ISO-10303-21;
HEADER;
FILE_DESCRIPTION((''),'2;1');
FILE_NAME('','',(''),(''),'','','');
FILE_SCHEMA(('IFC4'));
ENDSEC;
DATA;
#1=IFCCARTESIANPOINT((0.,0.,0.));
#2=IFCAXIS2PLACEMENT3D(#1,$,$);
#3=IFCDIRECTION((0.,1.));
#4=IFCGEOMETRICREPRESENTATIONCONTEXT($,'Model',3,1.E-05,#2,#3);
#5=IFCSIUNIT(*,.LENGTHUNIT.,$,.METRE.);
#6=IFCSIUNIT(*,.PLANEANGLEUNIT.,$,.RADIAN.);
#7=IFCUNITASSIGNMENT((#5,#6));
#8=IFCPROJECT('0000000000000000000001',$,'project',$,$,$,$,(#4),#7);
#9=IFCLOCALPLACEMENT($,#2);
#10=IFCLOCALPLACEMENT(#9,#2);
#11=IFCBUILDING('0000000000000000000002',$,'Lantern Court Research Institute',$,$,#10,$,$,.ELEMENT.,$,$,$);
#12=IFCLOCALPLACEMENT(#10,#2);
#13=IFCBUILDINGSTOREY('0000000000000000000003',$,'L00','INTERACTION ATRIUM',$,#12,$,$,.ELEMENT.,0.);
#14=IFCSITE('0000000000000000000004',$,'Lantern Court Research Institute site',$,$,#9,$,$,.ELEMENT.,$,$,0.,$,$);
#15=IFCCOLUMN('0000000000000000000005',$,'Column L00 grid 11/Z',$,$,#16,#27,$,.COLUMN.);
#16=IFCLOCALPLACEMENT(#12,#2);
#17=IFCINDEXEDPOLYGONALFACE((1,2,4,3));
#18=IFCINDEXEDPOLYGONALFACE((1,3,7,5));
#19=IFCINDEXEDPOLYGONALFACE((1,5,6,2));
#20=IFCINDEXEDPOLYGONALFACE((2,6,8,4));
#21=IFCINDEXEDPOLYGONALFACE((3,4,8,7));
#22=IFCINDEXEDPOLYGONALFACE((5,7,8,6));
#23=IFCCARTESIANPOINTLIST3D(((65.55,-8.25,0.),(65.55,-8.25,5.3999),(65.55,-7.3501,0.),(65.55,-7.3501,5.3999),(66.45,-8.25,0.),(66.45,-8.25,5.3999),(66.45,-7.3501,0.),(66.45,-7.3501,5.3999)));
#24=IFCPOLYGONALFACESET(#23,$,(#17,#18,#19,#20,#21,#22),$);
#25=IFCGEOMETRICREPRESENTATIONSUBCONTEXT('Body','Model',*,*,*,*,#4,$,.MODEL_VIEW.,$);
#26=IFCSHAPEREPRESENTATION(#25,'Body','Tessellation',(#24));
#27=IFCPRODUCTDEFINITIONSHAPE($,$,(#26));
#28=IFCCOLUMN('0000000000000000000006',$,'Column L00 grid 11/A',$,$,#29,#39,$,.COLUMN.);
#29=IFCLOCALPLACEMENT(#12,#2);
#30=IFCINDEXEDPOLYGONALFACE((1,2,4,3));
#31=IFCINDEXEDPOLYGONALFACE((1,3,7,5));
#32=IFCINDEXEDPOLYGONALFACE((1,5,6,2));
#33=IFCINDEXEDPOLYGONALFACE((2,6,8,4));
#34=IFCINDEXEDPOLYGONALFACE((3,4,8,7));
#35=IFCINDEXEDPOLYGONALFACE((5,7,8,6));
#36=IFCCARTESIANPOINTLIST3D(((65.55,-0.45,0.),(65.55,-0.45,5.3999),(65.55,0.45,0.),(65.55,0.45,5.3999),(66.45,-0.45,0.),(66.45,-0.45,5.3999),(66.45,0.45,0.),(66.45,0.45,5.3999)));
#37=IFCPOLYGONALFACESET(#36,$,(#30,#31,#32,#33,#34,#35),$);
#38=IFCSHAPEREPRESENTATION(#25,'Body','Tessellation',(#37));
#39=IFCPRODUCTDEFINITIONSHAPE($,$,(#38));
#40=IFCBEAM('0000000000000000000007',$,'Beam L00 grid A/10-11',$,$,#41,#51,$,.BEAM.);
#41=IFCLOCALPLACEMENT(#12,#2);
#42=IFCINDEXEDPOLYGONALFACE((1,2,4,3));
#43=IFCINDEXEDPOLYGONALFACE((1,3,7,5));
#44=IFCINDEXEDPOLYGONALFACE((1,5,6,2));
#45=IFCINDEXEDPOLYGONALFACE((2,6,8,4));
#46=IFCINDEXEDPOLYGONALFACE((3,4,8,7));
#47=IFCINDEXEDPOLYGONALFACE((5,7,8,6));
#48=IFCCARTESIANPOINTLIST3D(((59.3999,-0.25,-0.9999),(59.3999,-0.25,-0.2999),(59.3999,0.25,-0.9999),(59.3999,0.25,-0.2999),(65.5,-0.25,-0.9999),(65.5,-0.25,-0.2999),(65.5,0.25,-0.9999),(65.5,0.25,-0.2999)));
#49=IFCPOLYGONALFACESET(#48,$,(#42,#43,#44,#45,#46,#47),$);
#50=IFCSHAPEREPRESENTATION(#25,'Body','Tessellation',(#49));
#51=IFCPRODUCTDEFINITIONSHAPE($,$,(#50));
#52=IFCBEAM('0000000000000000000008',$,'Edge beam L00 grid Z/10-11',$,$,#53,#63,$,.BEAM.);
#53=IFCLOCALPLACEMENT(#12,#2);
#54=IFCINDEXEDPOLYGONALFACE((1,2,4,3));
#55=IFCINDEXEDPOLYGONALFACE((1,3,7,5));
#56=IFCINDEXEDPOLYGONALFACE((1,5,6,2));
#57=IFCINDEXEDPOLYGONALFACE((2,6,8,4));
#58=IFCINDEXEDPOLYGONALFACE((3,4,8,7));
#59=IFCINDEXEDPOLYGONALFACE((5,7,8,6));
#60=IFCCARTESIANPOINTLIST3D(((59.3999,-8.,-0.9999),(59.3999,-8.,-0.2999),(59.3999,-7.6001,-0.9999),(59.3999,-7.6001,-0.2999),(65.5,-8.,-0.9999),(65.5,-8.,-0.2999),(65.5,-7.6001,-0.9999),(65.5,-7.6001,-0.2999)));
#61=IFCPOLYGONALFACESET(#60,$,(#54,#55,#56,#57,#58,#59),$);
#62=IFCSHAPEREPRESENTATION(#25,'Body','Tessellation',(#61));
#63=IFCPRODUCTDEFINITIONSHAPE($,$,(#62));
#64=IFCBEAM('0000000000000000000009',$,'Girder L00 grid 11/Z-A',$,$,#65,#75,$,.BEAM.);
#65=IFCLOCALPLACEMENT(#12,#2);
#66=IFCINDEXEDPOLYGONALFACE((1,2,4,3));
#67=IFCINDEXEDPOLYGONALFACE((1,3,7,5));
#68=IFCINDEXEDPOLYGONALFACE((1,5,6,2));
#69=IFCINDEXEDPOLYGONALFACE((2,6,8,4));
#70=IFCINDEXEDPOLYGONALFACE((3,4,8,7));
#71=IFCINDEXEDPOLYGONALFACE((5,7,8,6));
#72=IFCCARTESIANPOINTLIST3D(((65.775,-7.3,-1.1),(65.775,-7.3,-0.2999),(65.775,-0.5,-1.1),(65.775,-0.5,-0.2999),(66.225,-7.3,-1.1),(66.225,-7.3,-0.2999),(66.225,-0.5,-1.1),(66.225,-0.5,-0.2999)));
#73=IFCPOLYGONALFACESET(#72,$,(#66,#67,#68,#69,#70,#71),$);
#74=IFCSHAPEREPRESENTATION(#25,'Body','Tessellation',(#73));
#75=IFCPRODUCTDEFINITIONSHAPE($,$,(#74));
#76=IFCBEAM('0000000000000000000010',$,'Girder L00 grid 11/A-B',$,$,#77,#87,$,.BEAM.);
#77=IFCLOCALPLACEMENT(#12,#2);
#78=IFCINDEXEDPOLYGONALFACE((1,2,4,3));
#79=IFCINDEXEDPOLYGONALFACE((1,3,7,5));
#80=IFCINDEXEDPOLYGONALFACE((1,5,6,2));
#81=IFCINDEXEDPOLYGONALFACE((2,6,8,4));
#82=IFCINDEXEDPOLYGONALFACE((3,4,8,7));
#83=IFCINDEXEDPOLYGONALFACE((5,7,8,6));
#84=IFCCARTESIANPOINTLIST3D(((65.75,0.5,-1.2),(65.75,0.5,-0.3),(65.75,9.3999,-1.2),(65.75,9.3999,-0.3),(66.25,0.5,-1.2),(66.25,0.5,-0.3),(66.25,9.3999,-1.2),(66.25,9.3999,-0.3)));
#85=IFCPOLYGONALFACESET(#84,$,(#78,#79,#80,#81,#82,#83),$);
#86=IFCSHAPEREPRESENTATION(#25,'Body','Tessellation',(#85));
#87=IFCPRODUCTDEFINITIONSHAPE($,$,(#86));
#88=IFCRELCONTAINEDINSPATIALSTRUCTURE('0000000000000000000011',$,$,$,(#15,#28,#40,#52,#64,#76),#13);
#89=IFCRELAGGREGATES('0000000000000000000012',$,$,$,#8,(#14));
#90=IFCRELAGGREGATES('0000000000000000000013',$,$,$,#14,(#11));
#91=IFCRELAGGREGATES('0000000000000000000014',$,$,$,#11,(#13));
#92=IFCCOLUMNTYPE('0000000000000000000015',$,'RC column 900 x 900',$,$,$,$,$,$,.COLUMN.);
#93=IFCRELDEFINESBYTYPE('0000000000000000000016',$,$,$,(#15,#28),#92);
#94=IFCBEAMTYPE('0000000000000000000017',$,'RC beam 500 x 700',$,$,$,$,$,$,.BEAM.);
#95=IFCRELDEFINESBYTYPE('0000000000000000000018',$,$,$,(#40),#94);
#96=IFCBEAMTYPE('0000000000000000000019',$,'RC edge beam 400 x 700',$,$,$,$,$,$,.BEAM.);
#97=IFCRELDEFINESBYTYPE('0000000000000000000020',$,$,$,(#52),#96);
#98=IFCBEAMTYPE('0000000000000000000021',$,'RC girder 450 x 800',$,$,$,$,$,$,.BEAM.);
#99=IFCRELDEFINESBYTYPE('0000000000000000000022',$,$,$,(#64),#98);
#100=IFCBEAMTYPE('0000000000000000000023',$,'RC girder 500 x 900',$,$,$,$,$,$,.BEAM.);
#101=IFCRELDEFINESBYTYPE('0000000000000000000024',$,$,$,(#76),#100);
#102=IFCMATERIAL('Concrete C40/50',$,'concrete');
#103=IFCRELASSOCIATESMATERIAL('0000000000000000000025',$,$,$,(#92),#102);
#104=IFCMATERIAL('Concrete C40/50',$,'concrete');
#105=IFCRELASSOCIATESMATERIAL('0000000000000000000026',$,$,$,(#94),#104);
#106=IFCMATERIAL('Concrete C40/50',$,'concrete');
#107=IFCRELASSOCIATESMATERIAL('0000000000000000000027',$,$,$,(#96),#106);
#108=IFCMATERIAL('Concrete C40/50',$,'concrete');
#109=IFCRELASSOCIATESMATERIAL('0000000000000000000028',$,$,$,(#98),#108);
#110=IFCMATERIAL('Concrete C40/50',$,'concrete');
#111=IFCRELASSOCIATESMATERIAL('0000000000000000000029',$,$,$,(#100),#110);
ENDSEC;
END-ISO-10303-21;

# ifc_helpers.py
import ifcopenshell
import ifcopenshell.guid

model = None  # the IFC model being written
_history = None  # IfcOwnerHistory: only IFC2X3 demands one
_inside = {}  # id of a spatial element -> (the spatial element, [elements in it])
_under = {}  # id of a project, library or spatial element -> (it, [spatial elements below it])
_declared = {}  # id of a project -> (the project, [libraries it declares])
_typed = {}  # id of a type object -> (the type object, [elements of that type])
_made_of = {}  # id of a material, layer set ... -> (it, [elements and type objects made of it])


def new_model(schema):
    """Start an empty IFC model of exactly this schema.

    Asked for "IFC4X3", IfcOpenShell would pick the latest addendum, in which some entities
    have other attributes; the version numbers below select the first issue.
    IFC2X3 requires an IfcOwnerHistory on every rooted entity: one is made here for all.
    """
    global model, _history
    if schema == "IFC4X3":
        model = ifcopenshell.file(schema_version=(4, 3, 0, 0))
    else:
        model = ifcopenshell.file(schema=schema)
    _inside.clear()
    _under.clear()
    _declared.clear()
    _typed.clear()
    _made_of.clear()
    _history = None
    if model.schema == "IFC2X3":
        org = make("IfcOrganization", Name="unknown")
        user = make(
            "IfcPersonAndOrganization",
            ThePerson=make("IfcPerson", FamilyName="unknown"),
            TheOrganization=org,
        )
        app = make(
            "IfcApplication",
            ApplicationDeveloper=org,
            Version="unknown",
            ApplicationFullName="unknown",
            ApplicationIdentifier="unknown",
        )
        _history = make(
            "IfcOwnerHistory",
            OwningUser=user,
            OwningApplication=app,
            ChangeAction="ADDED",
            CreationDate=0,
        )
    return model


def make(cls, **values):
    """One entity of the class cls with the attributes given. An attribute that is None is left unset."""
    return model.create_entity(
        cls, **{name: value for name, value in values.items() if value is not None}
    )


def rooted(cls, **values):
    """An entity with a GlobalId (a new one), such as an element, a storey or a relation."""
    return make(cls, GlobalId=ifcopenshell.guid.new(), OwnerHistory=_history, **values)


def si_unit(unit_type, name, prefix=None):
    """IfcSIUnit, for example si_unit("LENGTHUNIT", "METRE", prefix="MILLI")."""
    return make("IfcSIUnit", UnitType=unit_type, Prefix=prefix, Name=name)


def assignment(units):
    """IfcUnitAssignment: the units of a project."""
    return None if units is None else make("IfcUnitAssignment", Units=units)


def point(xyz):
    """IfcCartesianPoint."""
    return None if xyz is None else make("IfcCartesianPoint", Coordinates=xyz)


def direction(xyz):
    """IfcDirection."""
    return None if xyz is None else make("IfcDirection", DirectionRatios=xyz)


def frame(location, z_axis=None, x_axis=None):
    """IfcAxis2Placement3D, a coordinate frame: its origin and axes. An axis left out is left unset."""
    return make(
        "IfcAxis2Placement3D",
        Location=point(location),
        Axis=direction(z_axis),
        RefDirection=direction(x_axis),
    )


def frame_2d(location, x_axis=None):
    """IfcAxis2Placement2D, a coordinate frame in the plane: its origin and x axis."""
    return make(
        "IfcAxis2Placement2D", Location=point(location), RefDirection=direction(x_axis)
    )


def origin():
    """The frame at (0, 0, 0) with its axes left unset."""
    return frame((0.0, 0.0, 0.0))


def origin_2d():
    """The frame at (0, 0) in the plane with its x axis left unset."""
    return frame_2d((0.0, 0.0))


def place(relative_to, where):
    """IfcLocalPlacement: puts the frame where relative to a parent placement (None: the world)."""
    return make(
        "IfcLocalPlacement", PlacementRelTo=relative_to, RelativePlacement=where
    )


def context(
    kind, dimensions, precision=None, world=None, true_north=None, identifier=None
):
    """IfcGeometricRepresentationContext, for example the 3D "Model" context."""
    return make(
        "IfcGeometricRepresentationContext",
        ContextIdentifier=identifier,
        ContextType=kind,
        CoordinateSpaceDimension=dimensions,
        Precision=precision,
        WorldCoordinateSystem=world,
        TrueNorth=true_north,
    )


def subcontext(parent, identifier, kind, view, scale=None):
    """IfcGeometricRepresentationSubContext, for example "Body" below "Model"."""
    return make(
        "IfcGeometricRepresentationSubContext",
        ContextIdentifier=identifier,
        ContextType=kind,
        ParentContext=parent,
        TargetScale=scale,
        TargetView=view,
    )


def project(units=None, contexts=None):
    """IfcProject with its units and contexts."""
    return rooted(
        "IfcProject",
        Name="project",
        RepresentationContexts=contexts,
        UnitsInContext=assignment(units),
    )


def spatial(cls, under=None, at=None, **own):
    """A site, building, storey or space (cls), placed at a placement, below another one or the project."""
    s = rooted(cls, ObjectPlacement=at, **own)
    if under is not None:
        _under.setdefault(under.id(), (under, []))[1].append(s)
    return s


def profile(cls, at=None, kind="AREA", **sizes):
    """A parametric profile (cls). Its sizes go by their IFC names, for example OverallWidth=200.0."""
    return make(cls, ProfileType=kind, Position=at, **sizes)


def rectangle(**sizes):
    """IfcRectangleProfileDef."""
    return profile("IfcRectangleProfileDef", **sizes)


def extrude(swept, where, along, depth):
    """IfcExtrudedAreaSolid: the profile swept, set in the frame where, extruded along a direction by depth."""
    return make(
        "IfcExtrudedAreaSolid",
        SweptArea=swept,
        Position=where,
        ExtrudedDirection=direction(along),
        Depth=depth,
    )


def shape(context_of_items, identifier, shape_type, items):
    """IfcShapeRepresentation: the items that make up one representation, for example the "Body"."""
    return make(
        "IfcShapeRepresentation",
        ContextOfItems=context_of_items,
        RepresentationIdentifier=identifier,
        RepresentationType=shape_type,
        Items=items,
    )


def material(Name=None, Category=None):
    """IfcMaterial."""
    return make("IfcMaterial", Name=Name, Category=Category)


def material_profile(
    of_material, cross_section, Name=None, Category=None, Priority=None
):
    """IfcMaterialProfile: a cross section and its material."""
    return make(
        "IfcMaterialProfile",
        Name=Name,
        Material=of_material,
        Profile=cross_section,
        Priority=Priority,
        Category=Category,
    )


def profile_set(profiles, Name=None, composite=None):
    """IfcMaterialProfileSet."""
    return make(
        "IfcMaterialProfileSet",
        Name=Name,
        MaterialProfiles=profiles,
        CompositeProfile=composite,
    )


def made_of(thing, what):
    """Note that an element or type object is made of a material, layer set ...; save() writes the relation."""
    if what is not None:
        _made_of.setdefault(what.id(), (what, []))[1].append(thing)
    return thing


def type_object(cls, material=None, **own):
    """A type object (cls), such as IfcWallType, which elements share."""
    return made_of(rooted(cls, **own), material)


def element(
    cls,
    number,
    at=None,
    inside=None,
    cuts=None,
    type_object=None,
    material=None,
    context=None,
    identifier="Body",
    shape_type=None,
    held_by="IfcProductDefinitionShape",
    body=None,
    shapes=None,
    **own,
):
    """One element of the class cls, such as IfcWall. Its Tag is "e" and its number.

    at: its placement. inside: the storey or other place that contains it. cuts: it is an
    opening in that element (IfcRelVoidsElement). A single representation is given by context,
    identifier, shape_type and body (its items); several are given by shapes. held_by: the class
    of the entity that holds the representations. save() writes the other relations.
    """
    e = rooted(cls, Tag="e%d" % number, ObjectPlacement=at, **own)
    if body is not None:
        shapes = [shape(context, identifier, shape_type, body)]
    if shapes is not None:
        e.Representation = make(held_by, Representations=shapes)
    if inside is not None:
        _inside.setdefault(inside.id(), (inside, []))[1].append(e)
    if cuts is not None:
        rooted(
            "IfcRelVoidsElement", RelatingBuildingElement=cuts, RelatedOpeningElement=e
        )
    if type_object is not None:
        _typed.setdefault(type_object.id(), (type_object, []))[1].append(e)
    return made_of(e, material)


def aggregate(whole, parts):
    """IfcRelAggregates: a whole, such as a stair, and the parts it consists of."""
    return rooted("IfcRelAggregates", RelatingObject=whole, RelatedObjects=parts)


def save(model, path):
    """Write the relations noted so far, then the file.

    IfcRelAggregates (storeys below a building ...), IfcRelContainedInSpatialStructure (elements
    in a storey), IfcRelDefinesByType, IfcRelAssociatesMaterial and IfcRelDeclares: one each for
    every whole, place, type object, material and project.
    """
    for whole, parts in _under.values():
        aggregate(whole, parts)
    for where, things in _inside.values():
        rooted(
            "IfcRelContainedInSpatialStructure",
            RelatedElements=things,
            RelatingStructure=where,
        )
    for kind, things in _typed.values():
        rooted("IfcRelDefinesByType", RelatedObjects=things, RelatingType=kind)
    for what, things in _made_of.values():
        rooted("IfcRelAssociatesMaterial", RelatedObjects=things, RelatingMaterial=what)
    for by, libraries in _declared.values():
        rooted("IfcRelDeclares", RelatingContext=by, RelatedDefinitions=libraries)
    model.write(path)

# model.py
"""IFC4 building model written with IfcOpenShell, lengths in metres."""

from ifc_helpers import new_model, si_unit, direction, frame, origin, origin_2d, place, context, subcontext, project, spatial, rectangle, extrude, material, material_profile, profile_set, type_object, element, save


model = new_model("IFC4")

# Units and contexts
model_context = context("Model", 3, precision=1e-05, world=origin(), true_north=direction((0.0, 1.0)))
body_context = subcontext(model_context, "Body", "Model", "MODEL_VIEW")
ifc_project = project(units=[si_unit("LENGTHUNIT", "METRE"), si_unit("PLANEANGLEUNIT", "RADIAN")], contexts=[model_context])

# Site, building, storey
site_placement = place(None, origin())
site = spatial("IfcSite", under=ifc_project, at=site_placement, Name="Lantern Court Research Institute site", CompositionType="ELEMENT", RefElevation=0.0)
building_placement = place(site_placement, origin())
building = spatial("IfcBuilding", under=site, at=building_placement, Name="Lantern Court Research Institute", CompositionType="ELEMENT")
storey_placement = place(building_placement, origin())
storey = spatial("IfcBuildingStorey", under=building, at=storey_placement, Name="L00", Description="INTERACTION ATRIUM", CompositionType="ELEMENT", Elevation=0.0)

# Columns
ifc_material_1 = material(Name="Concrete C40/50", Category="concrete")
ifc_material_profile_1 = material_profile(ifc_material_1, rectangle(XDim=0.8999, YDim=0.8999, at=origin_2d()), Name="RC column 900 x 900")
ifc_profile_set_1 = profile_set([ifc_material_profile_1], Name="Concrete C40/50")
column_type = type_object("IfcColumnType", Name="RC column 900 x 900", PredefinedType="COLUMN", material=ifc_profile_set_1)
for number, where, z_axis, x_axis, name in (
    (1, (66.0, -7.8, 0.0), (0.0, 0.0, 1.0), (1.0, 0.0, 0.0), "Column L00 grid 11/Z"),
    (2, (66.0, 0.0, 0.0), (0.0, 0.0, 1.0), (1.0, 0.0, 0.0), "Column L00 grid 11/A"),
):
    element("IfcColumn", number, at=place(storey_placement, frame(where, z_axis=z_axis, x_axis=x_axis)), inside=storey, type_object=column_type, Name=name, PredefinedType="COLUMN", context=body_context, shape_type="SweptSolid", body=[
        extrude(rectangle(XDim=0.8999, YDim=0.8999, at=origin_2d()), origin(), (0.0, 0.0, 1.0), 5.3999),
    ])

# Beams
ifc_material_2 = material(Name="Concrete C40/50", Category="concrete")
ifc_material_profile_2 = material_profile(ifc_material_2, rectangle(XDim=0.5, YDim=0.7, at=origin_2d()), Name="RC beam 500 x 700")
ifc_profile_set_2 = profile_set([ifc_material_profile_2], Name="Concrete C40/50")
beam_type_1 = type_object("IfcBeamType", Name="RC beam 500 x 700", PredefinedType="BEAM", material=ifc_profile_set_2)
beam_1_placement = place(storey_placement, frame((59.3999, 0.0, -0.6499), z_axis=(1.0, 0.0, 0.0), x_axis=(0.0, 1.0, 0.0)))
element("IfcBeam", 3, at=beam_1_placement, inside=storey, type_object=beam_type_1, Name="Beam L00 grid A/10-11", PredefinedType="BEAM", context=body_context, shape_type="SweptSolid", body=[
    extrude(rectangle(XDim=0.5, YDim=0.7, at=origin_2d()), origin(), (0.0, 0.0, 1.0), 6.1001),
])
ifc_material_3 = material(Name="Concrete C40/50", Category="concrete")
ifc_material_profile_3 = material_profile(ifc_material_3, rectangle(XDim=0.3999, YDim=0.7, at=origin_2d()), Name="RC beam 400 x 700")
ifc_profile_set_3 = profile_set([ifc_material_profile_3], Name="Concrete C40/50")
beam_type_2 = type_object("IfcBeamType", Name="RC edge beam 400 x 700", PredefinedType="BEAM", material=ifc_profile_set_3)
beam_2_placement = place(storey_placement, frame((59.3999, -7.8, -0.6499), z_axis=(1.0, 0.0, 0.0), x_axis=(0.0, 1.0, 0.0)))
element("IfcBeam", 4, at=beam_2_placement, inside=storey, type_object=beam_type_2, Name="Edge beam L00 grid Z/10-11", PredefinedType="BEAM", context=body_context, shape_type="SweptSolid", body=[
    extrude(rectangle(XDim=0.3999, YDim=0.7, at=origin_2d()), origin(), (0.0, 0.0, 1.0), 6.1001),
])
ifc_material_4 = material(Name="Concrete C40/50", Category="concrete")
ifc_material_profile_4 = material_profile(ifc_material_4, rectangle(XDim=0.45, YDim=0.8, at=origin_2d()), Name="RC beam 450 x 800")
ifc_profile_set_4 = profile_set([ifc_material_profile_4], Name="Concrete C40/50")
beam_type_3 = type_object("IfcBeamType", Name="RC girder 450 x 800", PredefinedType="BEAM", material=ifc_profile_set_4)
beam_3_placement = place(storey_placement, frame((66.0, -7.3, -0.7), z_axis=(0.0, 1.0, 0.0), x_axis=(-1.0, 0.0, 0.0)))
element("IfcBeam", 5, at=beam_3_placement, inside=storey, type_object=beam_type_3, Name="Girder L00 grid 11/Z-A", PredefinedType="BEAM", context=body_context, shape_type="SweptSolid", body=[
    extrude(rectangle(XDim=0.45, YDim=0.8, at=origin_2d()), origin(), (0.0, 0.0, 1.0), 6.8),
])
ifc_material_5 = material(Name="Concrete C40/50", Category="concrete")
ifc_material_profile_5 = material_profile(ifc_material_5, rectangle(XDim=0.5, YDim=0.8999, at=origin_2d()), Name="RC beam 500 x 900")
ifc_profile_set_5 = profile_set([ifc_material_profile_5], Name="Concrete C40/50")
beam_type_4 = type_object("IfcBeamType", Name="RC girder 500 x 900", PredefinedType="BEAM", material=ifc_profile_set_5)
beam_4_placement = place(storey_placement, frame((66.0, 0.5, -0.75), z_axis=(0.0, 1.0, 0.0), x_axis=(-1.0, 0.0, 0.0)))
element("IfcBeam", 6, at=beam_4_placement, inside=storey, type_object=beam_type_4, Name="Girder L00 grid 11/A-B", PredefinedType="BEAM", context=body_context, shape_type="SweptSolid", body=[
    extrude(rectangle(XDim=0.5, YDim=0.8999, at=origin_2d()), origin(), (0.0, 0.0, 1.0), 8.8999),
])

save(model, "model.ifc")
